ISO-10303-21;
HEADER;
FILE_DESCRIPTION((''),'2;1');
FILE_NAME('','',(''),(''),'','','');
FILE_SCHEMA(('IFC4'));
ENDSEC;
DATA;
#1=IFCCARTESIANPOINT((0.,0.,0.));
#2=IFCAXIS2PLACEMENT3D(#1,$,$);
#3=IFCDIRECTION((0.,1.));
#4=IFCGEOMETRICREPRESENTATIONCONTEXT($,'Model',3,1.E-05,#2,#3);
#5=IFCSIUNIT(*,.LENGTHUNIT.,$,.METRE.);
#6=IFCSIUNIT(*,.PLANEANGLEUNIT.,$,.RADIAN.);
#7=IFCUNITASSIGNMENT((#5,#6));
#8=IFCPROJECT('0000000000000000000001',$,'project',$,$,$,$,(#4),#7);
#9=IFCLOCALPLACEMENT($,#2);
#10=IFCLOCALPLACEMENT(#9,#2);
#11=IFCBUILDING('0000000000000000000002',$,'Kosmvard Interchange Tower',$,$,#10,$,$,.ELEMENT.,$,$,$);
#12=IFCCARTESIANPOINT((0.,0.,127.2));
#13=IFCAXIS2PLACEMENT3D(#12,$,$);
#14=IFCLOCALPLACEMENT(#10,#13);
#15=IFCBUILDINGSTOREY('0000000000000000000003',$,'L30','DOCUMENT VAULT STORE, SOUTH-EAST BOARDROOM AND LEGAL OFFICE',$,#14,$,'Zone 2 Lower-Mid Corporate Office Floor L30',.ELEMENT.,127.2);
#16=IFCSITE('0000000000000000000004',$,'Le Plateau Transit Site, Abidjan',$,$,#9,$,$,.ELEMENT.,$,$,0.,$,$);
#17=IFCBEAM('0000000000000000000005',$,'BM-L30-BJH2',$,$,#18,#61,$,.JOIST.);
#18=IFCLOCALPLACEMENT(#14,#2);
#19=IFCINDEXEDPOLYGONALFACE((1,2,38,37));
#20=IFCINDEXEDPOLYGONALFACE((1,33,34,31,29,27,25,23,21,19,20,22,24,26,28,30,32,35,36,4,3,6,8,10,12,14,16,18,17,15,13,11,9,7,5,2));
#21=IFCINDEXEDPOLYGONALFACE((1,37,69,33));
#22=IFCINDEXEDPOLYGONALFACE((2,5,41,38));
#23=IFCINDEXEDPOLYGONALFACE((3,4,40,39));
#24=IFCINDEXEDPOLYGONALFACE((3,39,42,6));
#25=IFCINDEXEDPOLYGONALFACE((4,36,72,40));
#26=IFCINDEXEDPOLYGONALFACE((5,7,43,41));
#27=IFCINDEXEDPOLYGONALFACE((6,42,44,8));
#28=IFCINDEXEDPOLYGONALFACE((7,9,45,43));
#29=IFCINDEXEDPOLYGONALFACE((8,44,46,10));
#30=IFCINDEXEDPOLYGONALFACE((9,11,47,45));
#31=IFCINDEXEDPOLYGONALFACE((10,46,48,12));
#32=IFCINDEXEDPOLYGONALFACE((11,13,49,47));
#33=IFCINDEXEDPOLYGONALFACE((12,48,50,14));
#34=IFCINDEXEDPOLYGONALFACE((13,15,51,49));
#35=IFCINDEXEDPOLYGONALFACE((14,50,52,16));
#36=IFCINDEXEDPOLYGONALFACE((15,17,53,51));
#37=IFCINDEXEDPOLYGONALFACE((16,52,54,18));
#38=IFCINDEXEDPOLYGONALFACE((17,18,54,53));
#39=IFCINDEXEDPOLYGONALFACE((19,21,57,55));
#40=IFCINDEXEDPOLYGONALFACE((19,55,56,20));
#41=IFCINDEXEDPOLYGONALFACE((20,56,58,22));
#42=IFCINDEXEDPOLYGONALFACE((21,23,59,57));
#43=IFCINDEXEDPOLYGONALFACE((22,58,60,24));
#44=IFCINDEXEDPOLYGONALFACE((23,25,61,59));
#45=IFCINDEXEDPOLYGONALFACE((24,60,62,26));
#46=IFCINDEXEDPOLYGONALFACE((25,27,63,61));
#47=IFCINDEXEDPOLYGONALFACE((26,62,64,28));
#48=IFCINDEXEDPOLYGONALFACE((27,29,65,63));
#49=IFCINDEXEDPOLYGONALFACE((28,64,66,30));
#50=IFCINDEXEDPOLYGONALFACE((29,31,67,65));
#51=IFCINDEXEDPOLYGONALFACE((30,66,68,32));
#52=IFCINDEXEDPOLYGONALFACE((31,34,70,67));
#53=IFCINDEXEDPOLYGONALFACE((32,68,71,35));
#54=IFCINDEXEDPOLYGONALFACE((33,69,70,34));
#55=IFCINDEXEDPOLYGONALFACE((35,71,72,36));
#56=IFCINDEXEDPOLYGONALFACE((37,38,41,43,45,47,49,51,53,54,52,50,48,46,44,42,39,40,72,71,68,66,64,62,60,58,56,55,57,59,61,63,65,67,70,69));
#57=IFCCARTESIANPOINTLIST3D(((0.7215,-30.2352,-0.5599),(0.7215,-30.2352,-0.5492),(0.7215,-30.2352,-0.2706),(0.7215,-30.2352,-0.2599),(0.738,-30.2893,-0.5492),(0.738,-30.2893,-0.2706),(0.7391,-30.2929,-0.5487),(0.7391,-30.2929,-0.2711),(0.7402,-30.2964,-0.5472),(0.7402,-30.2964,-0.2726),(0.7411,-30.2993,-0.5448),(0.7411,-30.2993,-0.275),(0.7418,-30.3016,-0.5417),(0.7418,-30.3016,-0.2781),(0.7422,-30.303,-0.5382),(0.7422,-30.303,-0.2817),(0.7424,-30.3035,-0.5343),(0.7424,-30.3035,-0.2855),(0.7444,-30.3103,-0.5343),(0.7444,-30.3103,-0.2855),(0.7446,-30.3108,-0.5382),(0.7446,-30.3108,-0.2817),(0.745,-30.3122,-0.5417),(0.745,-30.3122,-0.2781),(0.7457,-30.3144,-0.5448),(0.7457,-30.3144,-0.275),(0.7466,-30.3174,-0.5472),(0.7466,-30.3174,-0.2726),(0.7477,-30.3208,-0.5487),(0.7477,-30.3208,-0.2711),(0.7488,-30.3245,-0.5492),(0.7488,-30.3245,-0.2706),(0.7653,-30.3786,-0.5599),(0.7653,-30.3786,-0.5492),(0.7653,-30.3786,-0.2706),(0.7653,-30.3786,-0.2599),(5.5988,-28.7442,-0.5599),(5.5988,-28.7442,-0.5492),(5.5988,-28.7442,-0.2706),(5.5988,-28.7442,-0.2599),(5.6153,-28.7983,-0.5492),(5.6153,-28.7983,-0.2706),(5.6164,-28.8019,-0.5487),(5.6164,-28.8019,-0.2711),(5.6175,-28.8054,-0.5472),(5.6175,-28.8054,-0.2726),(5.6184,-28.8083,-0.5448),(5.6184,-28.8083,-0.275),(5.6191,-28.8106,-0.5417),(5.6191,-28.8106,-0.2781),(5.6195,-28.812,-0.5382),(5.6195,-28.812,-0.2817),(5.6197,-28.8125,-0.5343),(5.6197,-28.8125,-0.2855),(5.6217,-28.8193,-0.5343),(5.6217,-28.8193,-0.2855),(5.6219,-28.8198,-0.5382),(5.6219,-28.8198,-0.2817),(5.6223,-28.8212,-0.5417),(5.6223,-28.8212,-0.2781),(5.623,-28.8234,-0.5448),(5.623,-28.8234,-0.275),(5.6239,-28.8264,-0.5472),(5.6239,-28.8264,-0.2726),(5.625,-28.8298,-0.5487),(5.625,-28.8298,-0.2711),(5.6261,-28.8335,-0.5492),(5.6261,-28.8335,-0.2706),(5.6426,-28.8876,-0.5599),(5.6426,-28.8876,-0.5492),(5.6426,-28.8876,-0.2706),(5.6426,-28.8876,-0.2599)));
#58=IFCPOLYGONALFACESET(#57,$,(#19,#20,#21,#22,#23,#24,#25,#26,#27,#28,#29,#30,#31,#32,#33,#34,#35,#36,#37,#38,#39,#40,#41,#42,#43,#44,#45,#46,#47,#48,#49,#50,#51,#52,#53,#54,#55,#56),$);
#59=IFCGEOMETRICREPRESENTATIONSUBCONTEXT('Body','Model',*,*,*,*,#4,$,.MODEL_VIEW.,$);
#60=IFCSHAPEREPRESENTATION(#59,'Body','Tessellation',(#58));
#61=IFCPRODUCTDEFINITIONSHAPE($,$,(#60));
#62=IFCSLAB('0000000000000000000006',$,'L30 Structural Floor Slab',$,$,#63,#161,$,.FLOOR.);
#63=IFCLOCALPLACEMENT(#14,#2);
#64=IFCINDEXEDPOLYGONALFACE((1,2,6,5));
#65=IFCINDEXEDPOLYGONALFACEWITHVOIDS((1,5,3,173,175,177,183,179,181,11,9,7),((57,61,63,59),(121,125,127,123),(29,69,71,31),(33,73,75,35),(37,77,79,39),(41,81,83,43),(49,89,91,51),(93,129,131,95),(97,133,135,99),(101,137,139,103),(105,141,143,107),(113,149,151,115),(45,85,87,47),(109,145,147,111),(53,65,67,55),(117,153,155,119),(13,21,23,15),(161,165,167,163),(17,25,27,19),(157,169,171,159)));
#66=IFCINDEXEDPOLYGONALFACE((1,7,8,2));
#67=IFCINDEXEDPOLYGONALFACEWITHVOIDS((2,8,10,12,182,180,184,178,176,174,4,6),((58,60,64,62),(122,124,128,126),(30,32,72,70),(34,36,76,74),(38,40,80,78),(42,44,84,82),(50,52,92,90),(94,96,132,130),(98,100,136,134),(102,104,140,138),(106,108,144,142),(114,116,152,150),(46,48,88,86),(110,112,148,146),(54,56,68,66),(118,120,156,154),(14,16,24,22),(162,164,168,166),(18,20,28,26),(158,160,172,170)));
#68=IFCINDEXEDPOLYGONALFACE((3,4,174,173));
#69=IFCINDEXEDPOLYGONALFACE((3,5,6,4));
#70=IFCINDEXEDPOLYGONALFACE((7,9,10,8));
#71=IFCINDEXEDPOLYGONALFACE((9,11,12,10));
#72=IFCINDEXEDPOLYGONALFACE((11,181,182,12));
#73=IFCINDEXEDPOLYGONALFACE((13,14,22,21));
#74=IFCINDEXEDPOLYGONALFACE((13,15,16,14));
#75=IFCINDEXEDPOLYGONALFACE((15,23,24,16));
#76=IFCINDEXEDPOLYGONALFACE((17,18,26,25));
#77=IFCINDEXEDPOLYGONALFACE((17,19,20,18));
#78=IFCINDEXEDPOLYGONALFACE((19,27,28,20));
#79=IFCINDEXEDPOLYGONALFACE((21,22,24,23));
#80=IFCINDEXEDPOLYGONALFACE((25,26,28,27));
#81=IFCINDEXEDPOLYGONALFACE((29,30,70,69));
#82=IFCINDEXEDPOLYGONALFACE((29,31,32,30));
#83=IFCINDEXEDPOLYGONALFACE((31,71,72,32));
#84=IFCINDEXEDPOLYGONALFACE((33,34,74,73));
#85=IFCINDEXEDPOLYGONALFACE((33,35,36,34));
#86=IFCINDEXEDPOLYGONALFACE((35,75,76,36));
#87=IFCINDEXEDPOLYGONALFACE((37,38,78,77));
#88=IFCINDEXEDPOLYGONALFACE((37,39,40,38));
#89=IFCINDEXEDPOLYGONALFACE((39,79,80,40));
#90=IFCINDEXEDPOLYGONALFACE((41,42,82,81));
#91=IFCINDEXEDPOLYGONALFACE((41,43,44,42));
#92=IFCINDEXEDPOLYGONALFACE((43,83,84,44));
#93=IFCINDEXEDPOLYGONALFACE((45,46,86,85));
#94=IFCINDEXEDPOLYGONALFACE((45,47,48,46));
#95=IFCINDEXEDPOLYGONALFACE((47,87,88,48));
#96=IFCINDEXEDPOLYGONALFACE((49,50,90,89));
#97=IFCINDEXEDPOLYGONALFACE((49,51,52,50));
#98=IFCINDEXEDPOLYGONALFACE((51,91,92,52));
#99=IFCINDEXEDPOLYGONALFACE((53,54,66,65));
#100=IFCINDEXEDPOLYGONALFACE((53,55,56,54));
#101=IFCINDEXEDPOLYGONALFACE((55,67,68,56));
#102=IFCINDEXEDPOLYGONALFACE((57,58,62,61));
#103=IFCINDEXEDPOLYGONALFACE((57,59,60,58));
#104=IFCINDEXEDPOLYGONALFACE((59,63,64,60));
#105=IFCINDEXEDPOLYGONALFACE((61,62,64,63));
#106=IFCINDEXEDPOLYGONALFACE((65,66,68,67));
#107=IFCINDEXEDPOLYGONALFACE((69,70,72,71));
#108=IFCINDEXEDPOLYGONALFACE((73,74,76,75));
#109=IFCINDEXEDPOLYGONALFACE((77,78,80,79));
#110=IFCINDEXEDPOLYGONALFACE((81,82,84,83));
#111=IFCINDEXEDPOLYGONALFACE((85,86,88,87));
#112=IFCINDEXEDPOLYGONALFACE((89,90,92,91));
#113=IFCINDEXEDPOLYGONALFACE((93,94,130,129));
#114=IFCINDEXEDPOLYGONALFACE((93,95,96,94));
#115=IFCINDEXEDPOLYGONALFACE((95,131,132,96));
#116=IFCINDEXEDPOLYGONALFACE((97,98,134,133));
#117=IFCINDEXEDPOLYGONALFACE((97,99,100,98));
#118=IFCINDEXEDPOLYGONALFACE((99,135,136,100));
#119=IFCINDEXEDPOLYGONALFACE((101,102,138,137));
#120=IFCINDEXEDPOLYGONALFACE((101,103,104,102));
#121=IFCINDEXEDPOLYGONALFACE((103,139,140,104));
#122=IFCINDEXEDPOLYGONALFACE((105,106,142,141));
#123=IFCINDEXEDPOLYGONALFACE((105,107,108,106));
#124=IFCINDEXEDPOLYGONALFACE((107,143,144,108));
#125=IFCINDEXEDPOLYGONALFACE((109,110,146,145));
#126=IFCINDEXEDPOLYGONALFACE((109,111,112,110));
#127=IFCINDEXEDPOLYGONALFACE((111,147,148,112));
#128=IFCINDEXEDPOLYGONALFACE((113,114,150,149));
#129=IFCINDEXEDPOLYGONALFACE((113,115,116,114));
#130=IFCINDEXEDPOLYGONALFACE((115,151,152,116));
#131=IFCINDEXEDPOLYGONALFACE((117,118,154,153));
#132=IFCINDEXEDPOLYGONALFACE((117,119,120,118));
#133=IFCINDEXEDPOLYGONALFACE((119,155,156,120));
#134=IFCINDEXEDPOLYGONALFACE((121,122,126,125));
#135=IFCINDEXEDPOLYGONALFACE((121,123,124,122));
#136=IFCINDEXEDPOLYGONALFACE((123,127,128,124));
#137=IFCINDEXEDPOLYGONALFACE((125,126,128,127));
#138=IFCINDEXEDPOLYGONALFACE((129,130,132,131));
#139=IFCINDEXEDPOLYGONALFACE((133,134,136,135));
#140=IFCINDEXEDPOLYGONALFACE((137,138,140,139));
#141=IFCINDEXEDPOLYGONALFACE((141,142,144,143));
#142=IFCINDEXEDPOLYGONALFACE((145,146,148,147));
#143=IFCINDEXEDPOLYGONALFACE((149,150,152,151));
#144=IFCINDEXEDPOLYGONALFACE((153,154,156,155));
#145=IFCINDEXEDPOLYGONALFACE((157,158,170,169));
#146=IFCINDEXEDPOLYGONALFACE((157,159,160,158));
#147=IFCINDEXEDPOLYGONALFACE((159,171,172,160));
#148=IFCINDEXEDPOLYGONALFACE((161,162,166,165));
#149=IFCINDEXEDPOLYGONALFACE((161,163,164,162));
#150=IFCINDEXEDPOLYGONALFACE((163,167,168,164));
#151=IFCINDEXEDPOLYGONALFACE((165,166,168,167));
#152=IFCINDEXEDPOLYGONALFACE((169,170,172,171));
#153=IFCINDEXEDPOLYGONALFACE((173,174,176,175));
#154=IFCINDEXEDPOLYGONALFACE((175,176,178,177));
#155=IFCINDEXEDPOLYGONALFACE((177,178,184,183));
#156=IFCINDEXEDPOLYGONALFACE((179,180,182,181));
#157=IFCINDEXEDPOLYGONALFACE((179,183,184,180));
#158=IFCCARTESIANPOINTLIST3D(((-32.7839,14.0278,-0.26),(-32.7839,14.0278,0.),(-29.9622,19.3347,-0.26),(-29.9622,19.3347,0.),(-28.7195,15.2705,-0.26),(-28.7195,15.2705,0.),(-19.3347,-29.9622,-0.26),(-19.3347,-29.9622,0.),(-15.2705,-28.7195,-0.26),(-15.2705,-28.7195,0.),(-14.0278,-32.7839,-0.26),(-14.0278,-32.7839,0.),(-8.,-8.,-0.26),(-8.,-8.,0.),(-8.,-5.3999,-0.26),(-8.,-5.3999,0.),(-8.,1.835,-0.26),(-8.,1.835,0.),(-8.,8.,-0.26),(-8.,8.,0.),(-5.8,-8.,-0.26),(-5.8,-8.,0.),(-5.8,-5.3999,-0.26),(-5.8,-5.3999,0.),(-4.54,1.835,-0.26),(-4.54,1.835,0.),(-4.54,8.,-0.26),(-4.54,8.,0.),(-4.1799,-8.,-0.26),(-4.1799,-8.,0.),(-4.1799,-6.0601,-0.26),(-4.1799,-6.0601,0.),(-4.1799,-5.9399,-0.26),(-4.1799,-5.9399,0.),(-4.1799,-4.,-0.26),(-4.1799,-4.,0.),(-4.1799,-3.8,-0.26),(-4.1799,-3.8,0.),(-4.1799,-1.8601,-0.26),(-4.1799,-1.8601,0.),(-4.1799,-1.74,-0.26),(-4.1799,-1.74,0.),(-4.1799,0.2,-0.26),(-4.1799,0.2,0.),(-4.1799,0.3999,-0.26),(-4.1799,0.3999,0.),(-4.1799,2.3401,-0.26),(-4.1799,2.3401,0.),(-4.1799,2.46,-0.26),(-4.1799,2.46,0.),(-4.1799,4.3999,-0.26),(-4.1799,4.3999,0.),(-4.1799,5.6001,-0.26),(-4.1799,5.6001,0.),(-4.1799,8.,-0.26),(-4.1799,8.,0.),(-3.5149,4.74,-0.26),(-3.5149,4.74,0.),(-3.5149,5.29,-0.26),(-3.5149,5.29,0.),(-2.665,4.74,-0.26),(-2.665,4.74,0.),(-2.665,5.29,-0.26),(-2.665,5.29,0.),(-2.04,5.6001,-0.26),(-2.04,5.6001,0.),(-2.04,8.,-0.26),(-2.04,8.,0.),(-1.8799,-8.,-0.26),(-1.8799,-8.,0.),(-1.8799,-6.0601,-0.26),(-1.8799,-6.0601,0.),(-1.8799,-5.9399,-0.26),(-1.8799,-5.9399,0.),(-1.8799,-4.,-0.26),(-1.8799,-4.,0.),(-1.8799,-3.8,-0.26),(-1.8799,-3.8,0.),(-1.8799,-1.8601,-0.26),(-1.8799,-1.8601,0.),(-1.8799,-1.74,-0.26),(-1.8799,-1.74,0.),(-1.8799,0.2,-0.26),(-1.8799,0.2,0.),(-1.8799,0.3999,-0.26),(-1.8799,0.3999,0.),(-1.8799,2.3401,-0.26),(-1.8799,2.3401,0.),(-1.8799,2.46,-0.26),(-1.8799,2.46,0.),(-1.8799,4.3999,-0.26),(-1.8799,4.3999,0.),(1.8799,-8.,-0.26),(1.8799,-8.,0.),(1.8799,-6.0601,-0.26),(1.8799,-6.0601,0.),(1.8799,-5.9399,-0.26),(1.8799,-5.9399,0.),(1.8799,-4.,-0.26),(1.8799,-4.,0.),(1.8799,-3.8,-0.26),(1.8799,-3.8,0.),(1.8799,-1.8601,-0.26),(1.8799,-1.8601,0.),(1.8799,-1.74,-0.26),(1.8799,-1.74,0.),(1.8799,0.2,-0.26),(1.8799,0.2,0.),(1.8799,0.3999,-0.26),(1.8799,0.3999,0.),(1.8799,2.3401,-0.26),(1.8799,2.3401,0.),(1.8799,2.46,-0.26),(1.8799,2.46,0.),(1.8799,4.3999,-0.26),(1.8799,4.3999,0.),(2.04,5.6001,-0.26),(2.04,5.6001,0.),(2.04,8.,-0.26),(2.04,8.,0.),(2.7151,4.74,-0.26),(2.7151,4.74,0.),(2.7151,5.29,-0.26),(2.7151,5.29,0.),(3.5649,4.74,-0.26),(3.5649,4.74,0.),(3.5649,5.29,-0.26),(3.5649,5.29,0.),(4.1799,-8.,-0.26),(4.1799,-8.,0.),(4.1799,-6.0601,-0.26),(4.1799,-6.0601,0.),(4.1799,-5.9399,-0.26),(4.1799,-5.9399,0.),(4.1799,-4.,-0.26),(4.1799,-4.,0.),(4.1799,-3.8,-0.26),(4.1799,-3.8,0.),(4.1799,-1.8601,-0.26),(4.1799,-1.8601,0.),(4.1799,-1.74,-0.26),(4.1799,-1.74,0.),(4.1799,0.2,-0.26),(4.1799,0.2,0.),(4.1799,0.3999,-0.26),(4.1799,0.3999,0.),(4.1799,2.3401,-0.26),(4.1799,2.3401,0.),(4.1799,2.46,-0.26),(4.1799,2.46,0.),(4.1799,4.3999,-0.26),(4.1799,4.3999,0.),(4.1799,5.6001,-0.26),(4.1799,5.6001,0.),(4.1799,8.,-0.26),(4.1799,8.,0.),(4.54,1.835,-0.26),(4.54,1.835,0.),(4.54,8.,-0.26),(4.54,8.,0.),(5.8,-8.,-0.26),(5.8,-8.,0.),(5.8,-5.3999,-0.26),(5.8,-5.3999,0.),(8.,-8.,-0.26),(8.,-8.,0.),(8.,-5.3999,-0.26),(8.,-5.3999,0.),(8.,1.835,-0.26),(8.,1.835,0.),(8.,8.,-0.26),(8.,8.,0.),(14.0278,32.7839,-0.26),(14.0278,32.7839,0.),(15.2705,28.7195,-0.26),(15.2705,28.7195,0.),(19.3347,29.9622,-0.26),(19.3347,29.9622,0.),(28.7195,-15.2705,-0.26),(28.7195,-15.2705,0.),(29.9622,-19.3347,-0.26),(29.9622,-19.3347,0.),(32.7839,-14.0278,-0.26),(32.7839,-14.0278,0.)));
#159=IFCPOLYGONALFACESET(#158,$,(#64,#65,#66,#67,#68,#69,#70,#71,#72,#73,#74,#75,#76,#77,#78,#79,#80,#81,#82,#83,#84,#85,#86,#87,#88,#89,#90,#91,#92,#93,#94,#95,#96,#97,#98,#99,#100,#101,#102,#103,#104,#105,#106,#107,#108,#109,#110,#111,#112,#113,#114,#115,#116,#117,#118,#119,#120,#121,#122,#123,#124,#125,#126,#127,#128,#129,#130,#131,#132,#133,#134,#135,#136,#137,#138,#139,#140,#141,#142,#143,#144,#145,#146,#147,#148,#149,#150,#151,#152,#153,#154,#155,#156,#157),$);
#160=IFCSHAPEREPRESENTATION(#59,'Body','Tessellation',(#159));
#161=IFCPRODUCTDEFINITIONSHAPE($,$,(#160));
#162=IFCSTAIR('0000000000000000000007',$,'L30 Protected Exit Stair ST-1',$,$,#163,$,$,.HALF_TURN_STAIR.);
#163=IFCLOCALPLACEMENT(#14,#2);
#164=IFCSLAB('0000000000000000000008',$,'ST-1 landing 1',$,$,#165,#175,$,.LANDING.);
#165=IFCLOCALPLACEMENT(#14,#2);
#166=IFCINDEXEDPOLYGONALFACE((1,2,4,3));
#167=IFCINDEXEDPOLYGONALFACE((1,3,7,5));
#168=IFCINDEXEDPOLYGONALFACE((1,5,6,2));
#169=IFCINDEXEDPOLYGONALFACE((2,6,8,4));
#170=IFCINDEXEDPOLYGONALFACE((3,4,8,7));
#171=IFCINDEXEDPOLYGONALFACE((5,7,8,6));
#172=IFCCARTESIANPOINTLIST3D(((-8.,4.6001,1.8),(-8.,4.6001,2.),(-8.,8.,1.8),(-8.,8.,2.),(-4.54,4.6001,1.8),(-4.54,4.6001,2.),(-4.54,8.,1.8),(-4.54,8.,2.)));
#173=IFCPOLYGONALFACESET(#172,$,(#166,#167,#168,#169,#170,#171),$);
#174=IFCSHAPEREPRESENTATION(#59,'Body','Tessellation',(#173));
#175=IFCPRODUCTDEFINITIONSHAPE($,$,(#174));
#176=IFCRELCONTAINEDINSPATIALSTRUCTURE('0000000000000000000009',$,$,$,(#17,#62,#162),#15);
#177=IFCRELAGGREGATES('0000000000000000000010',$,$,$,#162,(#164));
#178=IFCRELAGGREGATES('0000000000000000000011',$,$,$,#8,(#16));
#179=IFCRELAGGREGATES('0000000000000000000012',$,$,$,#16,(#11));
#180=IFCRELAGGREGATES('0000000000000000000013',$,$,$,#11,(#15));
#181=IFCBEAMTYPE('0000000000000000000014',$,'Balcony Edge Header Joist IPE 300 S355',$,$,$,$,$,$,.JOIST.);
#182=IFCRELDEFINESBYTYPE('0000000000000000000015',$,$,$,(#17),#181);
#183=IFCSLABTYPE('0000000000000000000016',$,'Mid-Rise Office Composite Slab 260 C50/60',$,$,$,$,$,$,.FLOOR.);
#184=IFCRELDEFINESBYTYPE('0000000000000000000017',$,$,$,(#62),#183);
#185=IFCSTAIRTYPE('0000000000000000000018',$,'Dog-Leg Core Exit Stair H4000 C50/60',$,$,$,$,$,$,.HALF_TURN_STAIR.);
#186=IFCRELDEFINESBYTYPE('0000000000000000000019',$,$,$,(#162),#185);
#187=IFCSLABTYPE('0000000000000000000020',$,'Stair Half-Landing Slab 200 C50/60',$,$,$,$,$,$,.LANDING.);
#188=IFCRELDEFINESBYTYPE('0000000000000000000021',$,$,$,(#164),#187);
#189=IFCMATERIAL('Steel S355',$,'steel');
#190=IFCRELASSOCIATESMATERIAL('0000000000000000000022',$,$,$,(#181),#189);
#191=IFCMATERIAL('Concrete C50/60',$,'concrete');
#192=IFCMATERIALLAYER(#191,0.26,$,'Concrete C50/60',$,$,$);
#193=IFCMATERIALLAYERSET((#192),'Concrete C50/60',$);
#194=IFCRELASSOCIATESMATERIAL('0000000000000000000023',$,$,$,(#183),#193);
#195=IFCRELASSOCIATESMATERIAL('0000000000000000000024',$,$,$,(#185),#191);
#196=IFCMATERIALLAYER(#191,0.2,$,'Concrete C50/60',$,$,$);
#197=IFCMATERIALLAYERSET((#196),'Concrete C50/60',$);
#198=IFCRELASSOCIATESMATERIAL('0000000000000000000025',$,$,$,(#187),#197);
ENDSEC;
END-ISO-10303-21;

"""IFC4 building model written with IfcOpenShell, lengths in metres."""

from ifc_helpers import new_model, si_unit, direction, frame, origin, origin_2d, place, context, subcontext, project, spatial, polyline, i_section, outline, extrude, source, transform, mapped, material, layer, layer_set, material_profile, profile_set, type_object, element, aggregate, save


model = new_model("IFC4")

# Units and contexts
model_context = context("Model", 3, precision=1e-05, world=origin(), true_north=direction((0.0, 1.0)))
body_context = subcontext(model_context, "Body", "Model", "MODEL_VIEW")
ifc_project = project(units=[si_unit("LENGTHUNIT", "METRE"), si_unit("PLANEANGLEUNIT", "RADIAN")], contexts=[model_context])

# Site, building, storey
site_placement = place(None, origin())
site = spatial("IfcSite", under=ifc_project, at=site_placement, Name="Le Plateau Transit Site, Abidjan", CompositionType="ELEMENT", RefElevation=0.0)
building_placement = place(site_placement, origin())
building = spatial("IfcBuilding", under=site, at=building_placement, Name="Kosmvard Interchange Tower", CompositionType="ELEMENT")
storey_placement = place(building_placement, frame((0.0, 0.0, 127.2)))
storey = spatial("IfcBuildingStorey", under=building, at=storey_placement, Name="L30", Description="DOCUMENT VAULT STORE, SOUTH-EAST BOARDROOM AND LEGAL OFFICE", LongName="Zone 2 Lower-Mid Corporate Office Floor L30", CompositionType="ELEMENT", Elevation=127.2)

# Beam
ifc_material_1 = material(Name="Steel S355", Category="steel")
ifc_material_profile_1 = material_profile(ifc_material_1, i_section(OverallWidth=0.1499, OverallDepth=0.3, WebThickness=0.0071, FlangeThickness=0.0107, FilletRadius=0.0149, at=origin_2d()), Name="IPE 300")
ifc_profile_set_1 = profile_set([ifc_material_profile_1], Name="Steel S355")
beam_type_1 = type_object("IfcBeamType", Name="Balcony Edge Header Joist IPE 300 S355", PredefinedType="JOIST", material=ifc_profile_set_1)
shared_shape_1 = source(origin(), body_context, "Body", "SweptSolid", [
    extrude(i_section(OverallWidth=0.1499, OverallDepth=0.3, WebThickness=0.0071, FlangeThickness=0.0107, FilletRadius=0.0149, at=origin_2d()), origin(), (0.0, 0.0, 1.0), 5.1001),
])
beam_1_placement = place(storey_placement, frame((0.7434, -30.3069, -0.4099), z_axis=(0.956313, 0.292346, 0.0), x_axis=(-0.292346, 0.956313, 0.0)))
element("IfcBeam", 1, at=beam_1_placement, inside=storey, type_object=beam_type_1, Name="BM-L30-BJH2", PredefinedType="JOIST", context=body_context, shape_type="MappedRepresentation", body=[
    mapped(shared_shape_1, transform((0.0, 0.0, 0.0), scale=1.0)),
])

# Slab
ifc_material_2 = material(Name="Concrete C50/60", Category="concrete")
ifc_layer_1 = layer(ifc_material_2, 0.26, Name="Concrete C50/60")
ifc_layer_set_1 = layer_set([ifc_layer_1], Name="Concrete C50/60")
slab_type_1 = type_object("IfcSlabType", Name="Mid-Rise Office Composite Slab 260 C50/60", PredefinedType="FLOOR", material=ifc_layer_set_1)
slab_1_placement = place(storey_placement, frame((0.0, 0.0, -0.26)))
element("IfcSlab", 2, at=slab_1_placement, inside=storey, type_object=slab_type_1, Name="L30 Structural Floor Slab", PredefinedType="FLOOR", context=body_context, shape_type="SweptSolid", body=[
    extrude(outline(polyline([(-14.0278, -32.7839), (29.9622, -19.3347), (28.7195, -15.2705), (32.7839, -14.0278), (19.3347, 29.9622), (15.2705, 28.7195), (14.0278, 32.7839), (-29.9622, 19.3347), (-28.7195, 15.2705), (-32.7839, 14.0278), (-19.3347, -29.9622), (-15.2705, -28.7195), (-14.0278, -32.7839)]), holes=[polyline([(-8.0, 1.835), (-4.54, 1.835), (-4.54, 8.0), (-8.0, 8.0), (-8.0, 1.835)]), polyline([(4.54, 1.835), (8.0, 1.835), (8.0, 8.0), (4.54, 8.0), (4.54, 1.835)]), polyline([(-8.0, -8.0), (-5.8, -8.0), (-5.8, -5.3999), (-8.0, -5.3999), (-8.0, -8.0)]), polyline([(5.8, -8.0), (8.0, -8.0), (8.0, -5.3999), (5.8, -5.3999), (5.8, -8.0)]), polyline([(-4.1799, -8.0), (-1.8799, -8.0), (-1.8799, -6.0601), (-4.1799, -6.0601), (-4.1799, -8.0)]), polyline([(-4.1799, -5.9399), (-1.8799, -5.9399), (-1.8799, -4.0), (-4.1799, -4.0), (-4.1799, -5.9399)]), polyline([(1.8799, -8.0), (4.1799, -8.0), (4.1799, -6.0601), (1.8799, -6.0601), (1.8799, -8.0)]), polyline([(1.8799, -5.9399), (4.1799, -5.9399), (4.1799, -4.0), (1.8799, -4.0), (1.8799, -5.9399)]), polyline([(-4.1799, -3.8), (-1.8799, -3.8), (-1.8799, -1.8601), (-4.1799, -1.8601), (-4.1799, -3.8)]), polyline([(-4.1799, -1.74), (-1.8799, -1.74), (-1.8799, 0.2), (-4.1799, 0.2), (-4.1799, -1.74)]), polyline([(1.8799, -3.8), (4.1799, -3.8), (4.1799, -1.8601), (1.8799, -1.8601), (1.8799, -3.8)]), polyline([(1.8799, -1.74), (4.1799, -1.74), (4.1799, 0.2), (1.8799, 0.2), (1.8799, -1.74)]), polyline([(-4.1799, 0.3999), (-1.8799, 0.3999), (-1.8799, 2.3401), (-4.1799, 2.3401), (-4.1799, 0.3999)]), polyline([(-4.1799, 2.46), (-1.8799, 2.46), (-1.8799, 4.3999), (-4.1799, 4.3999), (-4.1799, 2.46)]), polyline([(1.8799, 0.3999), (4.1799, 0.3999), (4.1799, 2.3401), (1.8799, 2.3401), (1.8799, 0.3999)]), polyline([(1.8799, 2.46), (4.1799, 2.46), (4.1799, 4.3999), (1.8799, 4.3999), (1.8799, 2.46)]), polyline([(-4.1799, 5.6001), (-2.04, 5.6001), (-2.04, 8.0), (-4.1799, 8.0), (-4.1799, 5.6001)]), polyline([(2.04, 5.6001), (4.1799, 5.6001), (4.1799, 8.0), (2.04, 8.0), (2.04, 5.6001)]), polyline([(-3.5149, 4.74), (-2.665, 4.74), (-2.665, 5.29), (-3.5149, 5.29), (-3.5149, 4.74)]), polyline([(2.7151, 4.74), (3.5649, 4.74), (3.5649, 5.29), (2.7151, 5.29), (2.7151, 4.74)])]), origin(), (0.0, 0.0, 1.0), 0.26),
])

# Stair, slab
stair_type = type_object("IfcStairType", Name="Dog-Leg Core Exit Stair H4000 C50/60", PredefinedType="HALF_TURN_STAIR", material=ifc_material_2)
stair_1_placement = place(storey_placement, origin())
stair_1 = element("IfcStair", 3, at=stair_1_placement, inside=storey, type_object=stair_type, Name="L30 Protected Exit Stair ST-1", PredefinedType="HALF_TURN_STAIR")
ifc_layer_2 = layer(ifc_material_2, 0.2, Name="Concrete C50/60")
ifc_layer_set_2 = layer_set([ifc_layer_2], Name="Concrete C50/60")
slab_type_2 = type_object("IfcSlabType", Name="Stair Half-Landing Slab 200 C50/60", PredefinedType="LANDING", material=ifc_layer_set_2)
slab_2_placement = place(storey_placement, frame((0.0, 0.0, 1.8)))
slab_2 = element("IfcSlab", 4, at=slab_2_placement, type_object=slab_type_2, Name="ST-1 landing 1", PredefinedType="LANDING", context=body_context, shape_type="SweptSolid", body=[
    extrude(outline(polyline([(-4.54, 4.6001), (-4.54, 8.0), (-8.0, 8.0), (-8.0, 4.6001), (-4.54, 4.6001)])), origin(), (0.0, 0.0, 1.0), 0.2),
])
aggregate(stair_1, [slab_2])

save(model, "model.ifc")
